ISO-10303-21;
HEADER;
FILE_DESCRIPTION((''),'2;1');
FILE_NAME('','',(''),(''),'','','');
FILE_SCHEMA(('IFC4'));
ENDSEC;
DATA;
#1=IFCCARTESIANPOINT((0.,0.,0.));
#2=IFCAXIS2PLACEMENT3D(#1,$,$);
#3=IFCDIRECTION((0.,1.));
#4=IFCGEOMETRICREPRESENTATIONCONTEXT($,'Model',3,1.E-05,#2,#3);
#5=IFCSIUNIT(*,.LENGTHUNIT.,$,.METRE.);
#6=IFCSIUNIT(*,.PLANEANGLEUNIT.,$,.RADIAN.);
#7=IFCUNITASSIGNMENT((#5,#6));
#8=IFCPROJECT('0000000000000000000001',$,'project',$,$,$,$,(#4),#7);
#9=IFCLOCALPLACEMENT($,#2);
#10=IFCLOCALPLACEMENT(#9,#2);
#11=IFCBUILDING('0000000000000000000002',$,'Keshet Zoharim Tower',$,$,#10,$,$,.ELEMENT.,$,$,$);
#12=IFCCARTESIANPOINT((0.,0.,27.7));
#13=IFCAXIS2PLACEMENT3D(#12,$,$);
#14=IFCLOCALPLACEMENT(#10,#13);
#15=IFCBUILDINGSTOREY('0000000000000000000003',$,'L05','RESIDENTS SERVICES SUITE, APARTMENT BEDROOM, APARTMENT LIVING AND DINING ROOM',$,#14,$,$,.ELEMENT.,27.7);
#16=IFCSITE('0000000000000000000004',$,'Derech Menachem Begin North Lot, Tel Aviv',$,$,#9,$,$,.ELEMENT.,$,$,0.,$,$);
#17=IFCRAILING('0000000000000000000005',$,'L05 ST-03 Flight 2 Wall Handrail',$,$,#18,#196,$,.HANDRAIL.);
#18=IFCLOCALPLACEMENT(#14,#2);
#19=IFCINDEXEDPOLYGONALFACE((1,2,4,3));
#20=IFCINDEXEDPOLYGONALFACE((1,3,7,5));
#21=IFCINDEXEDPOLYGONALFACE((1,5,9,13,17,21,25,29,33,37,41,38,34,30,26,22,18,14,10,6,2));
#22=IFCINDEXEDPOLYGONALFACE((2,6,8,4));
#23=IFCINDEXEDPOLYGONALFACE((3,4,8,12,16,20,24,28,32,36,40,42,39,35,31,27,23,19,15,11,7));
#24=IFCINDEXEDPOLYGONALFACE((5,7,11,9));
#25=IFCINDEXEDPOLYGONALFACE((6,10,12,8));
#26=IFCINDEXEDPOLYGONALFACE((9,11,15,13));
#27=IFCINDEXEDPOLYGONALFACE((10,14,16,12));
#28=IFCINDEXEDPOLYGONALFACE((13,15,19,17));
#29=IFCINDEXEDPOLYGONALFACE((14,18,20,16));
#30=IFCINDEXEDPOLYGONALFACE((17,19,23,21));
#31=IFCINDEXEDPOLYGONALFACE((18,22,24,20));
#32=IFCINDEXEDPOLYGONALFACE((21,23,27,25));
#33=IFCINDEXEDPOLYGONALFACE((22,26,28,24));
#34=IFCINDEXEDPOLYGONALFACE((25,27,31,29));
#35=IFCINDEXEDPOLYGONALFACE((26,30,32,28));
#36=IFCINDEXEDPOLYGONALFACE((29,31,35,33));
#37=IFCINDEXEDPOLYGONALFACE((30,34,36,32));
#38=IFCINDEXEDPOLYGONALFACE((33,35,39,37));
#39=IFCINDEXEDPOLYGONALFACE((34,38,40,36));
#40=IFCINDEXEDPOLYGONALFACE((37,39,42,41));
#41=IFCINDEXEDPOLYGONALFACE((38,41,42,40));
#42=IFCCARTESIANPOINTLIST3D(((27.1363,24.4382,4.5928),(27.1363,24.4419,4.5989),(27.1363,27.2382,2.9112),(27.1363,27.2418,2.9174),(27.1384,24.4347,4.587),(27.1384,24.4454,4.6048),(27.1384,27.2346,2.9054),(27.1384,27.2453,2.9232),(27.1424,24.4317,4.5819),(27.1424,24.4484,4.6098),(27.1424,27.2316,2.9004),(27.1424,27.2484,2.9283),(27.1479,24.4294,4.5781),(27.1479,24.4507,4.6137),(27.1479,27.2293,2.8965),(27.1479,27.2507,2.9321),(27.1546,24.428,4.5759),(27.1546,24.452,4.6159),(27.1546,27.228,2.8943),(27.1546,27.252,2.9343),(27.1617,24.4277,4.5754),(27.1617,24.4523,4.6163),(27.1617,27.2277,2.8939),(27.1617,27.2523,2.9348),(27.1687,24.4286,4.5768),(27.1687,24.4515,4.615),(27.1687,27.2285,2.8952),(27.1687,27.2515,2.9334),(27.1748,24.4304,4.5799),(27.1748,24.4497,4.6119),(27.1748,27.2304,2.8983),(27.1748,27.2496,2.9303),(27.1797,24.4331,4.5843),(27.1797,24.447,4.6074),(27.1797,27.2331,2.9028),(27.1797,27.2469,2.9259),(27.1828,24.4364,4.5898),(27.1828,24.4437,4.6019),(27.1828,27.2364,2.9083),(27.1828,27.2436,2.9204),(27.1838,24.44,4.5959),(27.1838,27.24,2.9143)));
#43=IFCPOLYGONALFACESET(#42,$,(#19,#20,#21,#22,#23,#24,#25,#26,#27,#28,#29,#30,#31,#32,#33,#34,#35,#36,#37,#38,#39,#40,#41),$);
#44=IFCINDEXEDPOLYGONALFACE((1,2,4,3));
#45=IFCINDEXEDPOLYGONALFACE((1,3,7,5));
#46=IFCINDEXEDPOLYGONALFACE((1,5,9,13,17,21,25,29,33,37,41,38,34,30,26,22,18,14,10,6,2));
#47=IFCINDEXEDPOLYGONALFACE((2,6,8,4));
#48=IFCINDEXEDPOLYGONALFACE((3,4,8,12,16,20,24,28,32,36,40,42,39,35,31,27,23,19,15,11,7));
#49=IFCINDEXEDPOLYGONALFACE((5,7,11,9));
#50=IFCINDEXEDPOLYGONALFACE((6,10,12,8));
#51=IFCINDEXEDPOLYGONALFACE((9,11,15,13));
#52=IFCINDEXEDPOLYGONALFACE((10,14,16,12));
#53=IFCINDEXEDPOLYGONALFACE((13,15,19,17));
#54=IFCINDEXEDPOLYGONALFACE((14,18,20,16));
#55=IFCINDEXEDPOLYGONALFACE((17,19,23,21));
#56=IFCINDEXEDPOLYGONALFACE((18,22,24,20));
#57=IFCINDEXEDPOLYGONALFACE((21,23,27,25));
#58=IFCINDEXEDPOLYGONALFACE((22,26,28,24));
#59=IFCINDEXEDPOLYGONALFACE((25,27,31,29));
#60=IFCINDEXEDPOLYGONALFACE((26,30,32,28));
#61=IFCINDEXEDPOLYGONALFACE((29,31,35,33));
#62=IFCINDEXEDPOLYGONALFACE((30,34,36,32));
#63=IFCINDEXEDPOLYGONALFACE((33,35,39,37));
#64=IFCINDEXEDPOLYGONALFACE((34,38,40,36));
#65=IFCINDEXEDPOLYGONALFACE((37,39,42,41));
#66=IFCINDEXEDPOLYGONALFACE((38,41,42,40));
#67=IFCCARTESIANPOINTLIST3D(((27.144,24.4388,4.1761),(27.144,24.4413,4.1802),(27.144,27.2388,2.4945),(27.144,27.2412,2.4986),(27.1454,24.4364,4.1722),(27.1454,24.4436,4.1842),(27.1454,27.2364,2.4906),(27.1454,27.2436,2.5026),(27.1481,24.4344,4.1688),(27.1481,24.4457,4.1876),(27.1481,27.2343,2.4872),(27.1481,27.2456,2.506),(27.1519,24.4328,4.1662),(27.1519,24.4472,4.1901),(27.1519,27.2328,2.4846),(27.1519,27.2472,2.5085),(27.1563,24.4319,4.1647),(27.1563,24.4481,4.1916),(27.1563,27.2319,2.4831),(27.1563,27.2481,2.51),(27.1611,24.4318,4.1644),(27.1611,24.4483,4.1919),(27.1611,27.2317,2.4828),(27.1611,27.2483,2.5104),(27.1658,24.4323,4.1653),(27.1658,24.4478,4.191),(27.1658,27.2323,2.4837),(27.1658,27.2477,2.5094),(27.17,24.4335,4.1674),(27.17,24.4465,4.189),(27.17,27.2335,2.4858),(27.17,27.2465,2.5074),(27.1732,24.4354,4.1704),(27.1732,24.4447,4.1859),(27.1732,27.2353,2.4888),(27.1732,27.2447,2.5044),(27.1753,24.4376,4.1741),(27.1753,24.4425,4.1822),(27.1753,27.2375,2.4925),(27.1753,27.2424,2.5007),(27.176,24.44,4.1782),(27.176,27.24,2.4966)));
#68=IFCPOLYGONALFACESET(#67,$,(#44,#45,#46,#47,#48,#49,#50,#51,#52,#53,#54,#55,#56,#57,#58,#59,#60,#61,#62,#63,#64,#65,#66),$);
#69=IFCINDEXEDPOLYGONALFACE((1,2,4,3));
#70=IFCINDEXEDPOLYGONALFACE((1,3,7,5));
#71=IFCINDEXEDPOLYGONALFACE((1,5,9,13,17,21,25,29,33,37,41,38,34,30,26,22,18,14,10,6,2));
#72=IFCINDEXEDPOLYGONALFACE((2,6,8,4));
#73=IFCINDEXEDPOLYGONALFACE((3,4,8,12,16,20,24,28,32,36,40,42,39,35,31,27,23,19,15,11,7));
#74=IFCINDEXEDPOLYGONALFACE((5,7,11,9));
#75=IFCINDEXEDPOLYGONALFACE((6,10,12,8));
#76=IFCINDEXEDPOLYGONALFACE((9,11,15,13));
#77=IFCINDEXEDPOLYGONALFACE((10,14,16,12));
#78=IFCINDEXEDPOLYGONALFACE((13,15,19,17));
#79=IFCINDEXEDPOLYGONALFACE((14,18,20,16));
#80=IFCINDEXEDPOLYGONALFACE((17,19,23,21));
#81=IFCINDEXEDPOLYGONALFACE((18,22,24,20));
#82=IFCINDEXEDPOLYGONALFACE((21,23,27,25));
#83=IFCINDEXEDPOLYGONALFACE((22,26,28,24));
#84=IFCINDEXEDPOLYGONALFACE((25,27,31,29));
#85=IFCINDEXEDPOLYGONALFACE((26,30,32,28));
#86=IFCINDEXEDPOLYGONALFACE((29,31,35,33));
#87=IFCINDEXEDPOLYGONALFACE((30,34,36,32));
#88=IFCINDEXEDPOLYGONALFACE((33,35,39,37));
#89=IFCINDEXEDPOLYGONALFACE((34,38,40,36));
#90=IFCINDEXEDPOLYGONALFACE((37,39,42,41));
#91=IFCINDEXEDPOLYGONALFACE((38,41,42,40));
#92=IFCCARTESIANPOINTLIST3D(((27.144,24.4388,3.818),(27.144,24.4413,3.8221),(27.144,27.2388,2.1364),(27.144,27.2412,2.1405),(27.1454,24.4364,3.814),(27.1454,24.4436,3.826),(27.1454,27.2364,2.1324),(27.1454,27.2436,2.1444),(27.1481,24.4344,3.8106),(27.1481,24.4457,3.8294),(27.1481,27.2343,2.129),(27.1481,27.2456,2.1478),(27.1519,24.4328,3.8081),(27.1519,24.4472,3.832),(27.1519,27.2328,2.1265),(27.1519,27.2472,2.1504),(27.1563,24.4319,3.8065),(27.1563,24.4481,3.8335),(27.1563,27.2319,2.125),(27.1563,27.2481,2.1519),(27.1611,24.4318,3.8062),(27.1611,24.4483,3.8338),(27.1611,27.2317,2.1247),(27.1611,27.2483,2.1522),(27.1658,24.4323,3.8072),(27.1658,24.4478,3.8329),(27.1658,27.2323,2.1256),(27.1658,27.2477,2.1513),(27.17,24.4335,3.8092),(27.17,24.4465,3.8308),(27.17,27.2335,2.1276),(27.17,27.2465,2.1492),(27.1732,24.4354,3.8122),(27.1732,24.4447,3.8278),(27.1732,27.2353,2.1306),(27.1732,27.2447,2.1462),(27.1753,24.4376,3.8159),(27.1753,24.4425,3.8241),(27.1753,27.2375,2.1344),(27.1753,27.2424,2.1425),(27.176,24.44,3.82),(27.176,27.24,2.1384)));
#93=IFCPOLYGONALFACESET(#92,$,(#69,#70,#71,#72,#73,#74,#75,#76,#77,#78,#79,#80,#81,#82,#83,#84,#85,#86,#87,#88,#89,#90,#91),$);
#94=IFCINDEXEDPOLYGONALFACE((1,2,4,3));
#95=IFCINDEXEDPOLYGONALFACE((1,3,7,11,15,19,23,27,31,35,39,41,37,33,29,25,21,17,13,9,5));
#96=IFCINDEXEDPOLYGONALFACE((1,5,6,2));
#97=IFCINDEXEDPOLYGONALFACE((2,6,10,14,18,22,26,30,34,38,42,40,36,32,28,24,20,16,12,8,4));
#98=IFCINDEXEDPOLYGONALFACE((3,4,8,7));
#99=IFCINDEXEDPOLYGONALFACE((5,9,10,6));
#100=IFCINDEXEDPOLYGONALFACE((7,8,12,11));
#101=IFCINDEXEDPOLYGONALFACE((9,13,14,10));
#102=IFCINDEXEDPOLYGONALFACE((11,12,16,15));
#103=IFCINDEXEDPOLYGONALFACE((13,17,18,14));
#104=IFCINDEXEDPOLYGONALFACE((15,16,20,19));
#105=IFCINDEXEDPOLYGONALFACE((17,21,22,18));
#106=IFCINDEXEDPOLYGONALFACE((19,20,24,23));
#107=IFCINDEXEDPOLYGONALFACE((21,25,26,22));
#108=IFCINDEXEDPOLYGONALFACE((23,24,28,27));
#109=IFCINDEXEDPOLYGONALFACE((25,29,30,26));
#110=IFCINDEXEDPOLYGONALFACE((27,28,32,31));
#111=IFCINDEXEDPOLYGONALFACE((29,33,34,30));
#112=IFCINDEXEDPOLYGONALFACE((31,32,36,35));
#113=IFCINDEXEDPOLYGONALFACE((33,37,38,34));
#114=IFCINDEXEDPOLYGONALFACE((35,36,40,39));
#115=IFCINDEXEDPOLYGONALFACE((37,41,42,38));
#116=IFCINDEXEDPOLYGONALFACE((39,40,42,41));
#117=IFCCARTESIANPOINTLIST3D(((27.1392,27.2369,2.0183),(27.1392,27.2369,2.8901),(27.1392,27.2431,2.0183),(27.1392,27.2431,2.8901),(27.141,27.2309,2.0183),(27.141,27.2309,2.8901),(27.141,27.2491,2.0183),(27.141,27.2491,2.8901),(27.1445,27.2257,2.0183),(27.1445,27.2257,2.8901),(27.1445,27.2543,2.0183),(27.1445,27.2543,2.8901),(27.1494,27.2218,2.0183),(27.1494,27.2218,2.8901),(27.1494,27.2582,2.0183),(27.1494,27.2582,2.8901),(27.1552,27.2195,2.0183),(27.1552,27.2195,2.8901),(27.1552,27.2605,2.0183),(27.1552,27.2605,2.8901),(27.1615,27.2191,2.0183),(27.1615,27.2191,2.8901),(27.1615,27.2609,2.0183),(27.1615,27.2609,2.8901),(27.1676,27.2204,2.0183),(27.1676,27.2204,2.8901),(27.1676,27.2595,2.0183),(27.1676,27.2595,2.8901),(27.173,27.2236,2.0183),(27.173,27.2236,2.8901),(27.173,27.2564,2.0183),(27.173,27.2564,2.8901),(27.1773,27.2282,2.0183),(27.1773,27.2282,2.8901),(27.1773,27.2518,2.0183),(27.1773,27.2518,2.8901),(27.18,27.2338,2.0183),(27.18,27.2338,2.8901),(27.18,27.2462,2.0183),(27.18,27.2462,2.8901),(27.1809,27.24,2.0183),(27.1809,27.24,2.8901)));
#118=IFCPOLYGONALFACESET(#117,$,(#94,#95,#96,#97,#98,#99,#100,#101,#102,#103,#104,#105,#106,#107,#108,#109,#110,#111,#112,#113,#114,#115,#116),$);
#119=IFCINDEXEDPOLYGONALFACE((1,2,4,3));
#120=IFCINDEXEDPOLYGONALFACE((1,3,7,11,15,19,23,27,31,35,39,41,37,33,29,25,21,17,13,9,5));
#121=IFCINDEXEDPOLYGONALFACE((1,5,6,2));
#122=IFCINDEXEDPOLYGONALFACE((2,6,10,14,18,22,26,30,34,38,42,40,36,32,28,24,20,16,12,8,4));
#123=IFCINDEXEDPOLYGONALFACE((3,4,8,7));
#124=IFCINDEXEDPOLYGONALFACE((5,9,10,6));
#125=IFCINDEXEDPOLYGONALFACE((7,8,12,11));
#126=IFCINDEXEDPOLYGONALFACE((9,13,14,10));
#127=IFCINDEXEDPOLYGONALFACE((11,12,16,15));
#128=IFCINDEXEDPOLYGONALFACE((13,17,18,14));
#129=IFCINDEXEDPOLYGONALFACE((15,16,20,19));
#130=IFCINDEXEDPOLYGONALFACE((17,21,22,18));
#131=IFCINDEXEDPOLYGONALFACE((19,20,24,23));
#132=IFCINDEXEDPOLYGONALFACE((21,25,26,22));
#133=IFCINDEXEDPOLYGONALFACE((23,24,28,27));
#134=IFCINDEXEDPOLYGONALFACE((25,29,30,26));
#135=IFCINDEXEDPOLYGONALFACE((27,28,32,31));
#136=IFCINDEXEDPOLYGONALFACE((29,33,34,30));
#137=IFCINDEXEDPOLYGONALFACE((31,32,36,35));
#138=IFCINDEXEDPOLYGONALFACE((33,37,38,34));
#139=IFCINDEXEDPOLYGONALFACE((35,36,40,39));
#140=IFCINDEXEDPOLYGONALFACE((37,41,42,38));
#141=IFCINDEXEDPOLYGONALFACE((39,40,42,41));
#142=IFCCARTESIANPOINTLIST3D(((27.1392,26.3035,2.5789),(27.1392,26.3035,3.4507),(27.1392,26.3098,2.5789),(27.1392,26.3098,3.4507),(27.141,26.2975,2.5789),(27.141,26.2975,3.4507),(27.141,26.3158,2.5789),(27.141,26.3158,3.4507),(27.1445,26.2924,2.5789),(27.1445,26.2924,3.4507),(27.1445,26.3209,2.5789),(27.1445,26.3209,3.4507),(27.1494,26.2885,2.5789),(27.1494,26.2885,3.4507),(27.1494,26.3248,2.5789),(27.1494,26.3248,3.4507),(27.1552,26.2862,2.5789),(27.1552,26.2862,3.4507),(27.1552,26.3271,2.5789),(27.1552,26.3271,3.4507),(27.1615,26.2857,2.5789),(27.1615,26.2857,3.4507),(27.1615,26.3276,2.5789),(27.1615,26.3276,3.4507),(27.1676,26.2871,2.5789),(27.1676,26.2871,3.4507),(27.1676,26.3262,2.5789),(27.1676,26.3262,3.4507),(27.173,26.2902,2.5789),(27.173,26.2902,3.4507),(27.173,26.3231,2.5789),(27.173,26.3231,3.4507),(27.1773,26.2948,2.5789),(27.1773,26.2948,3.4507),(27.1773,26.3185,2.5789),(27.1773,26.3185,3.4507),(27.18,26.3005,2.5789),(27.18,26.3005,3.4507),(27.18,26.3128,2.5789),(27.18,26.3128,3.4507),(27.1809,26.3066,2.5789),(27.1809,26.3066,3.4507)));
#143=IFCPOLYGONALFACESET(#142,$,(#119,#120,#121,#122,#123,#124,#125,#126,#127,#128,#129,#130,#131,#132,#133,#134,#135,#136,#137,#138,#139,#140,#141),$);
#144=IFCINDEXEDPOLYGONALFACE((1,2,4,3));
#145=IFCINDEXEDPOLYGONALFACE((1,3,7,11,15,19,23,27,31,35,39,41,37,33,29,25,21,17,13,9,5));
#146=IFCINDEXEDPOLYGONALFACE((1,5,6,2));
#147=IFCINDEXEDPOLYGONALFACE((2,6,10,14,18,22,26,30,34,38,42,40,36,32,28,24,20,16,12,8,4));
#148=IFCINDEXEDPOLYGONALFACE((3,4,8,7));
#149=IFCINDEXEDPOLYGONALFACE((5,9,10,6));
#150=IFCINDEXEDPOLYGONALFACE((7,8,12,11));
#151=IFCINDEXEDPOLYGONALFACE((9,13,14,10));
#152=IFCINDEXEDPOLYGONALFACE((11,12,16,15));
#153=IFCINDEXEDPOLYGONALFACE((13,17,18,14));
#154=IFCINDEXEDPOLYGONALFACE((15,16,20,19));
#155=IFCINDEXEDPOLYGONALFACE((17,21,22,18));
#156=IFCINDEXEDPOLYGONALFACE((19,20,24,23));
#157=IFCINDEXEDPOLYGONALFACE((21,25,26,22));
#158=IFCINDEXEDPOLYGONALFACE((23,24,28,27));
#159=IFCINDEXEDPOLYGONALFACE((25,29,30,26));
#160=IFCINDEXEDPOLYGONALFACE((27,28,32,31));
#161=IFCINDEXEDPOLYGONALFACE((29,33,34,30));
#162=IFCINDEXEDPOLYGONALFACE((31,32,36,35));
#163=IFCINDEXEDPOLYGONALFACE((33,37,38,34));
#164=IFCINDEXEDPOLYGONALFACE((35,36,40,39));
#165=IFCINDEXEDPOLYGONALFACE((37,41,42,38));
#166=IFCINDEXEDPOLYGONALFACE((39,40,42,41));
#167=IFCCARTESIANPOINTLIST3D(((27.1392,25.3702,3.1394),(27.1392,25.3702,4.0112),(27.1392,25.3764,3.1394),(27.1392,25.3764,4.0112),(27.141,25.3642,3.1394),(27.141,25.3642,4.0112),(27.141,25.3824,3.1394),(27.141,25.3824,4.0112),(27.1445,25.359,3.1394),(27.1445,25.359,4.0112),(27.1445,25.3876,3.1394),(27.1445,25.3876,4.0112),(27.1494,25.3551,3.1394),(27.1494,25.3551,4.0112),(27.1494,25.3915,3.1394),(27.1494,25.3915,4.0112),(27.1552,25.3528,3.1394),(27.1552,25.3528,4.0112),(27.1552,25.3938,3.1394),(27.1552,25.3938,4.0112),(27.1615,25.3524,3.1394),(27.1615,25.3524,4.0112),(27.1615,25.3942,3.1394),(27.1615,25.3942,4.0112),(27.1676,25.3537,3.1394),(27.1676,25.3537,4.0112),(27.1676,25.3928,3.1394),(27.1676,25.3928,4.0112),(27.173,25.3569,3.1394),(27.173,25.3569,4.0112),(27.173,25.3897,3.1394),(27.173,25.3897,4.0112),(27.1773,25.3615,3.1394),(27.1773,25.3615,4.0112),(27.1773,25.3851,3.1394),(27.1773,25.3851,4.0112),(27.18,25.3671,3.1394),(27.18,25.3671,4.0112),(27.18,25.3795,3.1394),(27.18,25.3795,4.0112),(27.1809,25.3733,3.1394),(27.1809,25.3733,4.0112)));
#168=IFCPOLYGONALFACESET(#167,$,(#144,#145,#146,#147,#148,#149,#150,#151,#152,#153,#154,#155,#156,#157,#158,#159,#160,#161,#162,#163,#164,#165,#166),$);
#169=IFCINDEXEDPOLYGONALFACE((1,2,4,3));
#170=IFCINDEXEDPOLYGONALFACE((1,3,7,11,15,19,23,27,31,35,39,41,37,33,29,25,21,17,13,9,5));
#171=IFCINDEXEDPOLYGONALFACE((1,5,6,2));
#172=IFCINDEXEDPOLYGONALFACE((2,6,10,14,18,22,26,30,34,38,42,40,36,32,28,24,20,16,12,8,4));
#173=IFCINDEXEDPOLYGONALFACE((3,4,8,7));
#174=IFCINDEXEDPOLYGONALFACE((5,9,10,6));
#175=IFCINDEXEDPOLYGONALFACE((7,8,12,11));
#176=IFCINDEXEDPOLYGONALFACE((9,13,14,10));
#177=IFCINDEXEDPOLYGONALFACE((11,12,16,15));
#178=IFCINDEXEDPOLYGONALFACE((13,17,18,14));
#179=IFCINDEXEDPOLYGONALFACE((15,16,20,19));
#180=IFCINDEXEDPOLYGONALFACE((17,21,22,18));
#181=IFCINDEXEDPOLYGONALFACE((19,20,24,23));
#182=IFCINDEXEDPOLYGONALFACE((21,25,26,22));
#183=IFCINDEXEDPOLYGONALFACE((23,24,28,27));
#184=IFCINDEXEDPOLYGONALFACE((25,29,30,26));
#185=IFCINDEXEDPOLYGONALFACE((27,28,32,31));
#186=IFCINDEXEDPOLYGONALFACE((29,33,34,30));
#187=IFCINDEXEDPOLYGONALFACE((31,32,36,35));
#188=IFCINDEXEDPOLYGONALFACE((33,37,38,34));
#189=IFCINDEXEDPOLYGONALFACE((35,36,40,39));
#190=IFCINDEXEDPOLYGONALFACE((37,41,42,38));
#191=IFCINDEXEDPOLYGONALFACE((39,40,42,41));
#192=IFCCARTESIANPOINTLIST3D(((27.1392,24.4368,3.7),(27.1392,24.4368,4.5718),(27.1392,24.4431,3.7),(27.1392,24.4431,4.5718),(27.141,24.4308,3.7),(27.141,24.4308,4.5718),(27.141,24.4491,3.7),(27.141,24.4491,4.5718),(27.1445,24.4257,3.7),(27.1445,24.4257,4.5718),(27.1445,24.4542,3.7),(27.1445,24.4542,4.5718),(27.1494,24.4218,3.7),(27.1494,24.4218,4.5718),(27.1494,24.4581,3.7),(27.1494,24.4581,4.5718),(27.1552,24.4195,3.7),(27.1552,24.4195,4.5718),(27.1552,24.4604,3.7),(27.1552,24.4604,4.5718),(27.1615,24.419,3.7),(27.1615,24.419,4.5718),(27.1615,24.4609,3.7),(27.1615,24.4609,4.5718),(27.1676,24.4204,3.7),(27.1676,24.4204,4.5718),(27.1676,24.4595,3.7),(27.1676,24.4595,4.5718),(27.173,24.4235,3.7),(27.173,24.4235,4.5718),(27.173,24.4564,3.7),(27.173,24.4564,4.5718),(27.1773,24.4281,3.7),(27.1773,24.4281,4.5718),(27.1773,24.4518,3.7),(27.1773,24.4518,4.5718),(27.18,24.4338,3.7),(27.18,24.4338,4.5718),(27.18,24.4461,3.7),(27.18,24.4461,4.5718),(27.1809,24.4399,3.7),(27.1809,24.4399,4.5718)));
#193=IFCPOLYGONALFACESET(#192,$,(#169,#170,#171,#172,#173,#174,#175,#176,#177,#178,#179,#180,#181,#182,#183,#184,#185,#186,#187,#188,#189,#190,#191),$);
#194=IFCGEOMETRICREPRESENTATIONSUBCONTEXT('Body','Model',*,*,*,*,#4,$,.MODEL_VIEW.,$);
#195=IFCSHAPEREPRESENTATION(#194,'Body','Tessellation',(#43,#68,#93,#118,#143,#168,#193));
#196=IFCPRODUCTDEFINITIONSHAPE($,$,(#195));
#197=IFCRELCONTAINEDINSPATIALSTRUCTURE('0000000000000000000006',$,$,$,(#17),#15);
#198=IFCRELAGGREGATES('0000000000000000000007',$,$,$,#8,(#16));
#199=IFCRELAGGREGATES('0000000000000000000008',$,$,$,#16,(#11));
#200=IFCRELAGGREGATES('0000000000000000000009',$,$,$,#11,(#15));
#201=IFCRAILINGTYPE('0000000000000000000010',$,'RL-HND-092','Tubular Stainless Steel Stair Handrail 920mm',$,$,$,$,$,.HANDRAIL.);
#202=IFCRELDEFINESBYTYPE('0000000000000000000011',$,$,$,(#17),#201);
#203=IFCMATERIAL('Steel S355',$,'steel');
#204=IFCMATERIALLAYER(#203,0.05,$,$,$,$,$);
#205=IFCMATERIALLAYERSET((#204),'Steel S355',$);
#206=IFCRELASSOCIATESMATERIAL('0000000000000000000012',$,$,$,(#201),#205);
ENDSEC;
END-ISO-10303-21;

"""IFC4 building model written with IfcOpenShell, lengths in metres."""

from ifc_helpers import new_model, si_unit, direction, frame, origin, origin_2d, place, context, subcontext, project, spatial, circle, extrude, material, layer, layer_set, type_object, element, save


model = new_model("IFC4")

# Units and contexts
model_context = context("Model", 3, precision=1e-05, world=origin(), true_north=direction((0.0, 1.0)))
body_context = subcontext(model_context, "Body", "Model", "MODEL_VIEW")
ifc_project = project(units=[si_unit("LENGTHUNIT", "METRE"), si_unit("PLANEANGLEUNIT", "RADIAN")], contexts=[model_context])

# Site, building, storey
site_placement = place(None, origin())
site = spatial("IfcSite", under=ifc_project, at=site_placement, Name="Derech Menachem Begin North Lot, Tel Aviv", CompositionType="ELEMENT", RefElevation=0.0)
building_placement = place(site_placement, origin())
building = spatial("IfcBuilding", under=site, at=building_placement, Name="Keshet Zoharim Tower", CompositionType="ELEMENT")
storey_placement = place(building_placement, frame((0.0, 0.0, 27.7)))
storey = spatial("IfcBuildingStorey", under=building, at=storey_placement, Name="L05", Description="RESIDENTS SERVICES SUITE, APARTMENT BEDROOM, APARTMENT LIVING AND DINING ROOM", CompositionType="ELEMENT", Elevation=27.7)

# Shared definitions
ifc_material_1 = material(Name="Steel S355", Category="steel")

# Railing
ifc_layer_1 = layer(ifc_material_1, 0.05)
ifc_layer_set_1 = layer_set([ifc_layer_1], Name="Steel S355")
railing_type = type_object("IfcRailingType", Name="RL-HND-092", Description="Tubular Stainless Steel Stair Handrail 920mm", PredefinedType="HANDRAIL", material=ifc_layer_set_1)
railing_placement = place(storey_placement, frame((27.1599, 27.24, 2.0183)))
element("IfcRailing", 1, at=railing_placement, inside=storey, type_object=railing_type, Name="L05 ST-03 Flight 2 Wall Handrail", PredefinedType="HANDRAIL", context=body_context, shape_type="SweptSolid", body=[
    extrude(circle(Radius=0.0239, at=origin_2d()), frame((0.0, 0.0, 0.896), z_axis=(0.0, -0.857275, 0.514858), x_axis=(1.0, 0.0, 0.0)), (0.0, 0.0, 1.0), 3.2661),
    extrude(circle(Radius=0.0161, at=origin_2d()), frame((0.0, 0.0, 0.4783), z_axis=(0.0, -0.857275, 0.514858), x_axis=(1.0, 0.0, 0.0)), (0.0, 0.0, 1.0), 3.2661),
    extrude(circle(Radius=0.0161, at=origin_2d()), frame((0.0, 0.0, 0.1201), z_axis=(0.0, -0.857275, 0.514858), x_axis=(1.0, 0.0, 0.0)), (0.0, 0.0, 1.0), 3.2661),
    extrude(circle(Radius=0.021, at=origin_2d()), origin(), (0.0, 0.0, 1.0), 0.8718),
    extrude(circle(Radius=0.021, at=origin_2d()), frame((0.0, -0.9333, 0.5605)), (0.0, 0.0, 1.0), 0.8718),
    extrude(circle(Radius=0.021, at=origin_2d()), frame((0.0, -1.8667, 1.1211)), (0.0, 0.0, 1.0), 0.8718),
    extrude(circle(Radius=0.021, at=origin_2d()), frame((0.0, -2.8, 1.6816)), (0.0, 0.0, 1.0), 0.8718),
])

save(model, "model.ifc")
